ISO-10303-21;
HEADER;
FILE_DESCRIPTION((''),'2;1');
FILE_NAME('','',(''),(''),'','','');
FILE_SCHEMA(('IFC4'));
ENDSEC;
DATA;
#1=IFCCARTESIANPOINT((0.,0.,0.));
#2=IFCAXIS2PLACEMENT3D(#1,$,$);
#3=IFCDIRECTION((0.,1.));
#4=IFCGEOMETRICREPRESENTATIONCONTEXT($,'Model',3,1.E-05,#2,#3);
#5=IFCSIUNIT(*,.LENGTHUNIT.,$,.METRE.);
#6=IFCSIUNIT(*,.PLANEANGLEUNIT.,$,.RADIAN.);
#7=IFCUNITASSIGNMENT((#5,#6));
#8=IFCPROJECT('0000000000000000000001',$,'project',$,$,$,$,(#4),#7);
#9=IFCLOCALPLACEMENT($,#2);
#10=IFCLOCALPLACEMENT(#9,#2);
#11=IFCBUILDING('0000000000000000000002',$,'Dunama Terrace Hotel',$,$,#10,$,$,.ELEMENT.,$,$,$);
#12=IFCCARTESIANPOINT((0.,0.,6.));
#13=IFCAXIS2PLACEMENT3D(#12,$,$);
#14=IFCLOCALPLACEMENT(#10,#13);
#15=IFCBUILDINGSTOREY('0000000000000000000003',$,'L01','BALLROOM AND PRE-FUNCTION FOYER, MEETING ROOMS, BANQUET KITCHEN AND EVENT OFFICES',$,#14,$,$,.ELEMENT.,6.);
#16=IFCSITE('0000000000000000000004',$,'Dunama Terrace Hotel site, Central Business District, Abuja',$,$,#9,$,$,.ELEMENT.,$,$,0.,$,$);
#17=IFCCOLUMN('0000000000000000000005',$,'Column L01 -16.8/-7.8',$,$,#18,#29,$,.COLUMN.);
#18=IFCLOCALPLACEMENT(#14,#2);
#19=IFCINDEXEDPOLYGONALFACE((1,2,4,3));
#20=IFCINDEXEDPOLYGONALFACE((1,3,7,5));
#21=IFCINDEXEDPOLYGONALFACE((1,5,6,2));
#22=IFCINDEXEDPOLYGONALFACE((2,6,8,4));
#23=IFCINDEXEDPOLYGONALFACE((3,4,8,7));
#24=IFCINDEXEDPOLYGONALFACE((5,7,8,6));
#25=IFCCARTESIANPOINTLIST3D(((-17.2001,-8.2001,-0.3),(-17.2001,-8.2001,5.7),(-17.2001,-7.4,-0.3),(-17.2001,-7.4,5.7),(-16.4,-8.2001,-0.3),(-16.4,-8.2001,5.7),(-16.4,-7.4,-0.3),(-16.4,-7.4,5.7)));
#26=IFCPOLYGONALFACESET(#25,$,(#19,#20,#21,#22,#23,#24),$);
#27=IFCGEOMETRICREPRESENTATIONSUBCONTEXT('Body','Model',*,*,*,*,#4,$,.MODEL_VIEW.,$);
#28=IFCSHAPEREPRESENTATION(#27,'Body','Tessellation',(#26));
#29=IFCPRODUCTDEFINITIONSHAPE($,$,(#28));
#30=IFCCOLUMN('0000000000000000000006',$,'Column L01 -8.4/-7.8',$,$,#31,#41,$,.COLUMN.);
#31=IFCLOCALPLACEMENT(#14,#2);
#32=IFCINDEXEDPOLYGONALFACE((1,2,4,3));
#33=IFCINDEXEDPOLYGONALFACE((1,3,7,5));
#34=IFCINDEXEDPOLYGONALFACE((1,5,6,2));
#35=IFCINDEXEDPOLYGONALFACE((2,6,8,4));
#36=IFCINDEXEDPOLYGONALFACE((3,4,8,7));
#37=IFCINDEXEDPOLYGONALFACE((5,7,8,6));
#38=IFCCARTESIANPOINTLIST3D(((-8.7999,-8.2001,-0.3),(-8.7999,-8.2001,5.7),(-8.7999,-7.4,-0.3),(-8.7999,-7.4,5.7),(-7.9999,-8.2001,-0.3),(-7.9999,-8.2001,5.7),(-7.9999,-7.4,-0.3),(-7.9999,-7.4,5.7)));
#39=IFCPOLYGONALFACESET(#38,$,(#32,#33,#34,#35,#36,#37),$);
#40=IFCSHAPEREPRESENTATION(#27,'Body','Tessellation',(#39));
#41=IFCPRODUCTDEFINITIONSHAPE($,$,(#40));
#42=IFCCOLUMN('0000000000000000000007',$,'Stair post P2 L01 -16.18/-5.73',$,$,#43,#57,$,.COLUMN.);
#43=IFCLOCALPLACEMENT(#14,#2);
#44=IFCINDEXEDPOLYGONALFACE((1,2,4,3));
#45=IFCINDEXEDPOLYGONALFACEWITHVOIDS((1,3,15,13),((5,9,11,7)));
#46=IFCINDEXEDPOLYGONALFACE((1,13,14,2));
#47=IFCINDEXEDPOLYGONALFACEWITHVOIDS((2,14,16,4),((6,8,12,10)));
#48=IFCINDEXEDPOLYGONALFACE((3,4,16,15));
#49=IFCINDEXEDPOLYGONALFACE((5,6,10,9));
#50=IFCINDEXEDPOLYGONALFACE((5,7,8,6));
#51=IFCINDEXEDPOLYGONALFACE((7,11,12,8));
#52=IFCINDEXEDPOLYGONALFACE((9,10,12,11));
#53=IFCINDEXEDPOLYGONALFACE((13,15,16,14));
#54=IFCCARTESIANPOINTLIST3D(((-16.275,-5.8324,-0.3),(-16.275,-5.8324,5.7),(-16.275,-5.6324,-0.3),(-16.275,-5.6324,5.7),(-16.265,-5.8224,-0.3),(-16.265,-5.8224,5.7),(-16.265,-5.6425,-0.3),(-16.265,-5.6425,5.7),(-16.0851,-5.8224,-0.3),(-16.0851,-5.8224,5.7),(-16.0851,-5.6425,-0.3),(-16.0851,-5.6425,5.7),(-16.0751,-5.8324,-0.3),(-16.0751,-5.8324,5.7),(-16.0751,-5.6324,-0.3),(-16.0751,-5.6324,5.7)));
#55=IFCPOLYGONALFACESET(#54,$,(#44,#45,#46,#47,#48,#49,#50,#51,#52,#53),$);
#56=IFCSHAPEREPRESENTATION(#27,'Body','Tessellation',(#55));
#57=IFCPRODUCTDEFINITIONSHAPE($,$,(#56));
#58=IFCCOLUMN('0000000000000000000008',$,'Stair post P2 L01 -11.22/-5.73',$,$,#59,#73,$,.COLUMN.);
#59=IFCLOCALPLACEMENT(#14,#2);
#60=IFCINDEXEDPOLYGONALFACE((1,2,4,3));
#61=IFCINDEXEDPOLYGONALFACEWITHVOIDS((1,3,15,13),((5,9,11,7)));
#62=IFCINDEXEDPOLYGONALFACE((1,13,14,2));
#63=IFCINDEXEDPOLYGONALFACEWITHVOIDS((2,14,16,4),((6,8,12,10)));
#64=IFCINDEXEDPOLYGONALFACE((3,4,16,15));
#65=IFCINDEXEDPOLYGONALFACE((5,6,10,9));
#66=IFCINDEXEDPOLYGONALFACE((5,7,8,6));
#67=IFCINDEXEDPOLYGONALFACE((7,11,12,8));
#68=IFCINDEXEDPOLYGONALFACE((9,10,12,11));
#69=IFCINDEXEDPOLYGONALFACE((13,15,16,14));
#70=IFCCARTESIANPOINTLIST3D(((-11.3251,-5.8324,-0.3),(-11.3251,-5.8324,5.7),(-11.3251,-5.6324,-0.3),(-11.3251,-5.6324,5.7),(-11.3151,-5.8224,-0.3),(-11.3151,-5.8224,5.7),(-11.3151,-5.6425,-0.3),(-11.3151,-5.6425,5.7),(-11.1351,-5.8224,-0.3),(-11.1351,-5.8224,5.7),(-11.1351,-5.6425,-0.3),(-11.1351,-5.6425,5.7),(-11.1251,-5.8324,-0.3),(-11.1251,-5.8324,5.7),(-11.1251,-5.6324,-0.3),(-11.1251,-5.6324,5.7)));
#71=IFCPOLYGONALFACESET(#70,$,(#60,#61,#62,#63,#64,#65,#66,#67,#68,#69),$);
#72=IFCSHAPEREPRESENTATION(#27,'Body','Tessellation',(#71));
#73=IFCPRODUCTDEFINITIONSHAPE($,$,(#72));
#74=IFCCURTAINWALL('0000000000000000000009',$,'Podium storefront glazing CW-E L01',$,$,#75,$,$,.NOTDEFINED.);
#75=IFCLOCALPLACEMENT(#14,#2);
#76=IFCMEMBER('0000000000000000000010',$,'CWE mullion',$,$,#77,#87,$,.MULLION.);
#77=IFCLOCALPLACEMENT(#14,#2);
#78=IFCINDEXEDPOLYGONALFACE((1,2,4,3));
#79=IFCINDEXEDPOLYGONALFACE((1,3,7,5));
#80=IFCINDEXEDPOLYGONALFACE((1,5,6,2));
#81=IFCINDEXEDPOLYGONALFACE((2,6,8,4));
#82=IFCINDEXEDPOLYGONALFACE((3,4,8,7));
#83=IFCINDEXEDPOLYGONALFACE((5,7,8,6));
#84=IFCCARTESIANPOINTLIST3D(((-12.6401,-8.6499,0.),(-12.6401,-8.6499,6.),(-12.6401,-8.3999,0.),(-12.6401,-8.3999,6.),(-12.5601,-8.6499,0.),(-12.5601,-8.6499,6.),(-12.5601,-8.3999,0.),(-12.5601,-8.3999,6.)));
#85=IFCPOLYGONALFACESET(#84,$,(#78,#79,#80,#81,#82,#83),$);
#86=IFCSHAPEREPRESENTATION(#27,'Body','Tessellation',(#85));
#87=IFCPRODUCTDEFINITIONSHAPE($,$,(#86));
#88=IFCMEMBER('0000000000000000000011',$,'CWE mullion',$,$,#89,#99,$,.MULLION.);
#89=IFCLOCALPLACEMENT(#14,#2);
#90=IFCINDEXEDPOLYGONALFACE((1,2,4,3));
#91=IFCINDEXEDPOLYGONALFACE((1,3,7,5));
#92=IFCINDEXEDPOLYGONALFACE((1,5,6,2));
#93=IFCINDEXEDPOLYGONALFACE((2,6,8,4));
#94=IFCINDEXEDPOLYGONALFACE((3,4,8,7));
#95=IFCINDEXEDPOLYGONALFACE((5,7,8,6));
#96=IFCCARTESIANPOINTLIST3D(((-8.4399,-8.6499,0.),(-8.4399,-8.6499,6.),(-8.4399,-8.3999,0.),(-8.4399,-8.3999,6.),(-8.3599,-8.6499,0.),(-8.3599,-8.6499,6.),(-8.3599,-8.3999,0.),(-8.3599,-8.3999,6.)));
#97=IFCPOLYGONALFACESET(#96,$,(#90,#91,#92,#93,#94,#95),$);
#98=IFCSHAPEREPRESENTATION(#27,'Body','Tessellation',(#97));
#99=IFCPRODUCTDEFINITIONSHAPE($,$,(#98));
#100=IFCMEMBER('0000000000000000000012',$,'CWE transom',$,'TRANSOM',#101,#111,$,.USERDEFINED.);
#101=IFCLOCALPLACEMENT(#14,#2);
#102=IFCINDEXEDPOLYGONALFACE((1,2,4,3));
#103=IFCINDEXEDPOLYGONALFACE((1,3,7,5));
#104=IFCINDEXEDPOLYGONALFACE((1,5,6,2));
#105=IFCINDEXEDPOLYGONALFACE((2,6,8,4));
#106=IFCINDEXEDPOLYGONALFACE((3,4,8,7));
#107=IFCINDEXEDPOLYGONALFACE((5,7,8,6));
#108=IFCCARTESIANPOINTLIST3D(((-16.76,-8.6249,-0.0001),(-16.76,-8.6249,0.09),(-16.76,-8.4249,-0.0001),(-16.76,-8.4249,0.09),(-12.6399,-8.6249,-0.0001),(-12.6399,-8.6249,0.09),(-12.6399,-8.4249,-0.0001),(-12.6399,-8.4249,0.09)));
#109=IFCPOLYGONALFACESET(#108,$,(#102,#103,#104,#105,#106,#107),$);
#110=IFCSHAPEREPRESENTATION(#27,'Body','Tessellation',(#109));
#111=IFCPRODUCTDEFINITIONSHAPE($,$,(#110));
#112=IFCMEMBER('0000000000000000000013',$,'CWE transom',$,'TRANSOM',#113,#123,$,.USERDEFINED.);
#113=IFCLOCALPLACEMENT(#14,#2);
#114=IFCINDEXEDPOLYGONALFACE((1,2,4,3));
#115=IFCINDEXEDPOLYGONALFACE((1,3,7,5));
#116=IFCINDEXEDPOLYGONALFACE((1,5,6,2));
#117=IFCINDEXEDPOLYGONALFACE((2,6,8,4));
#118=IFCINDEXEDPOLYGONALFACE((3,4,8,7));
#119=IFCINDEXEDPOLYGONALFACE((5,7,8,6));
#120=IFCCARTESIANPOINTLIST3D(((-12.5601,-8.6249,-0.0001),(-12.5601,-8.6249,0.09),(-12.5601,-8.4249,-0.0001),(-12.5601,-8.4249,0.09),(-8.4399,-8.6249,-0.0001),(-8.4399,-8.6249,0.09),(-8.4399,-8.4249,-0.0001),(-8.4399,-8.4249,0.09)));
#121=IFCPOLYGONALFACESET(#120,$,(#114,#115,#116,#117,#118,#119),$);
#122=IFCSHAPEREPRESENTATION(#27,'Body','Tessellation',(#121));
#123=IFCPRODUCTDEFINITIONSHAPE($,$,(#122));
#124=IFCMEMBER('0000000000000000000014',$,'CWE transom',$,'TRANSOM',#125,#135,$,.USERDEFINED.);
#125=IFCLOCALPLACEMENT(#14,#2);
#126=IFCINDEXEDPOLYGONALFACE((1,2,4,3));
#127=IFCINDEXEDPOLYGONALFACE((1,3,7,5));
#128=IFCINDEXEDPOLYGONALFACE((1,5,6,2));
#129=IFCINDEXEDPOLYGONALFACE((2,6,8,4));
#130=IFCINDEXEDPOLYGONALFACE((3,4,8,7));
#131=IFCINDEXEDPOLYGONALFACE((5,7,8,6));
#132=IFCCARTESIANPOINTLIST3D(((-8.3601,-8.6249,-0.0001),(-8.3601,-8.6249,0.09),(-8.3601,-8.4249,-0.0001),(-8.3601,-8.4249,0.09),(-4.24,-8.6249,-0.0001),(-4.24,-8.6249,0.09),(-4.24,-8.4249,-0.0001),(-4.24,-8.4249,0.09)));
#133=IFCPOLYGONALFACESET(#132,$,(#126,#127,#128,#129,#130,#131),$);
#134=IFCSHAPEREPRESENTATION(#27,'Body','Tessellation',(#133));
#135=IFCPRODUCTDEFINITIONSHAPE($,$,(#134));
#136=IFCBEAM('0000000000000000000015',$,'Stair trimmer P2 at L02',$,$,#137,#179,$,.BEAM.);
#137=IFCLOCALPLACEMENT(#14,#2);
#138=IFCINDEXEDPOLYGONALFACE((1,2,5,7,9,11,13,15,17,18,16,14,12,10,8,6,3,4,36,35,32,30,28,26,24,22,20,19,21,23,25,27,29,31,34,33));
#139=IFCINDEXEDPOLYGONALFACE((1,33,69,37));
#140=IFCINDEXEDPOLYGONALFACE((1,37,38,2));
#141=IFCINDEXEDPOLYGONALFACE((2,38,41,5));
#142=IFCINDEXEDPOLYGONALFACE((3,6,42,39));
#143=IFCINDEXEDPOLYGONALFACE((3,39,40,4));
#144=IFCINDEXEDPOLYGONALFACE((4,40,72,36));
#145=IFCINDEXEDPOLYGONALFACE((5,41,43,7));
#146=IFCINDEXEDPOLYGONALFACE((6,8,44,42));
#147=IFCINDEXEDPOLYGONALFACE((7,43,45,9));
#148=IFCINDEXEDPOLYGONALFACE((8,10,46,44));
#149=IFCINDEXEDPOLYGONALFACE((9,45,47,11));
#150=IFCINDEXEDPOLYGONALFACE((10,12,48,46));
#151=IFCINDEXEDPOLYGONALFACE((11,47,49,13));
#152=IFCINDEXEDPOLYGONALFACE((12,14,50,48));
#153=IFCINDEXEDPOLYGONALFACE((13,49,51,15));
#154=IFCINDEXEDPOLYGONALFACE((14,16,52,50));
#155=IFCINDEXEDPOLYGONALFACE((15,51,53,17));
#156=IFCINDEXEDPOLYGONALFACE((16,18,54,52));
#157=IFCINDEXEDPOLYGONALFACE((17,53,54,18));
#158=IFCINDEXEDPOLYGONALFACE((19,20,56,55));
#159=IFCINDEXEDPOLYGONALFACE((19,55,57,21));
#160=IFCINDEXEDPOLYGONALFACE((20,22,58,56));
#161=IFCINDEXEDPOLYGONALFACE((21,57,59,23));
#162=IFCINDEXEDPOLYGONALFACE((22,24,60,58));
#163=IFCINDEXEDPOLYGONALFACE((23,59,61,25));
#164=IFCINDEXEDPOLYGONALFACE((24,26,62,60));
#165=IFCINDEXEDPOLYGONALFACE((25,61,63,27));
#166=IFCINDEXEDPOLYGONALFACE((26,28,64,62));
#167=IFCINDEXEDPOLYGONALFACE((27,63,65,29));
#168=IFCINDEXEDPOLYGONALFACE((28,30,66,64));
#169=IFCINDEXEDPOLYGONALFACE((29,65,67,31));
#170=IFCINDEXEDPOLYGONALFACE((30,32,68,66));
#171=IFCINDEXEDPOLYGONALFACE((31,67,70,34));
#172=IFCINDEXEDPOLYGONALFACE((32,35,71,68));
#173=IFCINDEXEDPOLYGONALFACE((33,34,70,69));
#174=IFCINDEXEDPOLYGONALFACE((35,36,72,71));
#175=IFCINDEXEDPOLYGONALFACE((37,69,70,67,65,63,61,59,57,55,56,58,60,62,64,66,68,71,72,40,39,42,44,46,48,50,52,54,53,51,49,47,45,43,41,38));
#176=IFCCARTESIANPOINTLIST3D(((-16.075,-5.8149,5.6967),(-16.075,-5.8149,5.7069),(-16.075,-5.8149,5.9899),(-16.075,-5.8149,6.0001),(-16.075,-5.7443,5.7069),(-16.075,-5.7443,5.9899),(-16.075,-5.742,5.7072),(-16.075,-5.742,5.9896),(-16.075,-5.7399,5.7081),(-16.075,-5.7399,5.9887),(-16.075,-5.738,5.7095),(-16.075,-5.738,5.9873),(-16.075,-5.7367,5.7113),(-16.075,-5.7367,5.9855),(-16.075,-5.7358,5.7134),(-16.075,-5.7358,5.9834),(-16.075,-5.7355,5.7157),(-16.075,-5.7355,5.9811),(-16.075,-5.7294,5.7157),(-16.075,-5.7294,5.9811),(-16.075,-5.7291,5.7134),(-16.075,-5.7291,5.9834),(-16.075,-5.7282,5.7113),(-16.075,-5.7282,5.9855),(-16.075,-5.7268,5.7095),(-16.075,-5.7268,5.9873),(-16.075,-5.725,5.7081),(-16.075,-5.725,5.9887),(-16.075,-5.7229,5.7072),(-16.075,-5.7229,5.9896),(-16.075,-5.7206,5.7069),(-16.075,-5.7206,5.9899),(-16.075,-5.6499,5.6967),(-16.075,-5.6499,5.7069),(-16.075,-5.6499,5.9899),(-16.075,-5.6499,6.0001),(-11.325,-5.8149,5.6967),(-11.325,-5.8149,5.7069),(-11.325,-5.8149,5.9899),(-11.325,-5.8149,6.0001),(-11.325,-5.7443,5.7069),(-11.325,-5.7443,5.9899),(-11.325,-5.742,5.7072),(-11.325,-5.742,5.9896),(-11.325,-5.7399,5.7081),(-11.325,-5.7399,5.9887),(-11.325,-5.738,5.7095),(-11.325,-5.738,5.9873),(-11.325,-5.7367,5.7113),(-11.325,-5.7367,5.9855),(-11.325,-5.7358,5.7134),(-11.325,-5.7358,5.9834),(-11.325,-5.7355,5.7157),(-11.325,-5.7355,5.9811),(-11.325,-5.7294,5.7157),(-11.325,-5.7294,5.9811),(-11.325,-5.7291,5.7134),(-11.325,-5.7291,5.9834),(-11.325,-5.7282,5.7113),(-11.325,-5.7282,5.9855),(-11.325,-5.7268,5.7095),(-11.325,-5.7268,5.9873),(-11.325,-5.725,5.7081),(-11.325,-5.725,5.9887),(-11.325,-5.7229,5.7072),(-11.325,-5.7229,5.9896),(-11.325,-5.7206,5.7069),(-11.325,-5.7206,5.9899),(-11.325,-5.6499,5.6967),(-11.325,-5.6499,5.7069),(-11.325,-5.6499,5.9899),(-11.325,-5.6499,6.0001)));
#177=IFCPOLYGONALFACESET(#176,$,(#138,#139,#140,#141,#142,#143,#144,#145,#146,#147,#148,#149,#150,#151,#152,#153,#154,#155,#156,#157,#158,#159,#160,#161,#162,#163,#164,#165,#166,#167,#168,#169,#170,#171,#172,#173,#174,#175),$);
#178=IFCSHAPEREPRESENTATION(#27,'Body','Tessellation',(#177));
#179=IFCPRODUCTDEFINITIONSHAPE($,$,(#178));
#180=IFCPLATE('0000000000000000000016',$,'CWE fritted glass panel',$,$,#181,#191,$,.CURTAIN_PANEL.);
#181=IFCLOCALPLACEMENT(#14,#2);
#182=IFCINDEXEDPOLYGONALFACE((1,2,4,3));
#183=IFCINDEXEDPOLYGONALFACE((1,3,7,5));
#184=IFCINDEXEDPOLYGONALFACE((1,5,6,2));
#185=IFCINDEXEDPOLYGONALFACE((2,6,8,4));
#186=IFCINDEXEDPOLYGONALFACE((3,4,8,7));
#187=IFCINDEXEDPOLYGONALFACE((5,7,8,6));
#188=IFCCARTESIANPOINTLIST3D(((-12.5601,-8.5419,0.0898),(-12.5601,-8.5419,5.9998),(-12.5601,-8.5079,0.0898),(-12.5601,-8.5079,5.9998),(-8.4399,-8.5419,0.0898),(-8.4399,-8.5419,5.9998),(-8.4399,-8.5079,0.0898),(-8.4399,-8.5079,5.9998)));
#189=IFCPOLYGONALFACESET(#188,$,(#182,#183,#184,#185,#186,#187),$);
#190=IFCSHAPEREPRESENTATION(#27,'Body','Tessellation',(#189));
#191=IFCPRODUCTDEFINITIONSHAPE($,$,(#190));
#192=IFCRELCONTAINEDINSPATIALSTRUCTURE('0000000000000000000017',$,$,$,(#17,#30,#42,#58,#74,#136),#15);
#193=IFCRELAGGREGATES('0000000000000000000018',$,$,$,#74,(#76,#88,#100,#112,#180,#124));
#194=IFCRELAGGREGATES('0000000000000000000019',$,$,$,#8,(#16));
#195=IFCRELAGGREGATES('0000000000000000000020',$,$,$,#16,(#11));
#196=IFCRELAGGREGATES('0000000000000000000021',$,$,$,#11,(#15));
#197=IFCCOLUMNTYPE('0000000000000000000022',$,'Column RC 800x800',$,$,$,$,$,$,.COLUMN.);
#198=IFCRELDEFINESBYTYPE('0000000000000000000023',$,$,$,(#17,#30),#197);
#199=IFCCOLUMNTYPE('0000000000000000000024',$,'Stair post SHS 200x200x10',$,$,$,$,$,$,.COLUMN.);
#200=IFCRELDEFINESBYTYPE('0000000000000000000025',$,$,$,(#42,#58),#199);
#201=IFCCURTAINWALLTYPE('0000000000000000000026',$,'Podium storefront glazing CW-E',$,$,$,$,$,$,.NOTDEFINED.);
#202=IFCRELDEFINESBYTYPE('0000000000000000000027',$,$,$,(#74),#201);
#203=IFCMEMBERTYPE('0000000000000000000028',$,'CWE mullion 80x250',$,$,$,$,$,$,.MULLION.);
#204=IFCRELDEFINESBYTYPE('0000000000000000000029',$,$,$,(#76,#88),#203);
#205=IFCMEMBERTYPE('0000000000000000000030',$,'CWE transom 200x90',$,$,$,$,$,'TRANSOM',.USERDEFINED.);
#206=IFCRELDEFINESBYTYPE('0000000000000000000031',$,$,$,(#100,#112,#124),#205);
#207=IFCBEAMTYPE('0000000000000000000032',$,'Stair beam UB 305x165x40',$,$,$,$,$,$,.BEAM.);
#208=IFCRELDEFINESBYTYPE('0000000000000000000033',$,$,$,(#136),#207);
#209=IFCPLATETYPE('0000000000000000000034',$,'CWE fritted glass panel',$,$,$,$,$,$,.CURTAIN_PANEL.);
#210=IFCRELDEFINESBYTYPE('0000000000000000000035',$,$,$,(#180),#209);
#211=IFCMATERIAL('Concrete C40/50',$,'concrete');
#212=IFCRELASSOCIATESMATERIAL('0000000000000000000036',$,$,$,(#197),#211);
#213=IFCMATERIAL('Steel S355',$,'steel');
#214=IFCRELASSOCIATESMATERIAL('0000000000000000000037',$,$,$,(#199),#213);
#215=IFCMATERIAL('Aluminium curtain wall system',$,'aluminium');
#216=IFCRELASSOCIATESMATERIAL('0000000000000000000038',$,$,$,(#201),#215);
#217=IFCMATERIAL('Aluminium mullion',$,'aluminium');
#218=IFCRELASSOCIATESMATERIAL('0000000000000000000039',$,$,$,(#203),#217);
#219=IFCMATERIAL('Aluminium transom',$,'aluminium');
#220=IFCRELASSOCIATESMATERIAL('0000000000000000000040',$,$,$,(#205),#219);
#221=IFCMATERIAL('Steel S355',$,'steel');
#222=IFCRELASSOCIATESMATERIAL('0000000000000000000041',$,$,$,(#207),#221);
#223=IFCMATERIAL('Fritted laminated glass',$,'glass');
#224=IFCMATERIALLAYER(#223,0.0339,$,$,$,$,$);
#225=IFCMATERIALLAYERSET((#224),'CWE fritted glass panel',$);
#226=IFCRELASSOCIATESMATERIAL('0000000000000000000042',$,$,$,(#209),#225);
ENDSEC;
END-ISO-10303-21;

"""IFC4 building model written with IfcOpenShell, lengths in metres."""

from ifc_helpers import new_model, si_unit, direction, frame, origin, origin_2d, place, context, subcontext, project, spatial, rectangle, hollow_rectangle, i_section, extrude, material, layer, layer_set, material_profile, profile_set, type_object, element, aggregate, save


model = new_model("IFC4")

# Units and contexts
model_context = context("Model", 3, precision=1e-05, world=origin(), true_north=direction((0.0, 1.0)))
body_context = subcontext(model_context, "Body", "Model", "MODEL_VIEW")
ifc_project = project(units=[si_unit("LENGTHUNIT", "METRE"), si_unit("PLANEANGLEUNIT", "RADIAN")], contexts=[model_context])

# Site, building, storey
site_placement = place(None, origin())
site = spatial("IfcSite", under=ifc_project, at=site_placement, Name="Dunama Terrace Hotel site, Central Business District, Abuja", CompositionType="ELEMENT", RefElevation=0.0)
building_placement = place(site_placement, origin())
building = spatial("IfcBuilding", under=site, at=building_placement, Name="Dunama Terrace Hotel", CompositionType="ELEMENT")
storey_placement = place(building_placement, frame((0.0, 0.0, 6.0)))
storey = spatial("IfcBuildingStorey", under=building, at=storey_placement, Name="L01", Description="BALLROOM AND PRE-FUNCTION FOYER, MEETING ROOMS, BANQUET KITCHEN AND EVENT OFFICES", CompositionType="ELEMENT", Elevation=6.0)

# Columns
ifc_material_1 = material(Name="Concrete C40/50", Category="concrete")
ifc_material_profile_1 = material_profile(ifc_material_1, rectangle(XDim=0.8, YDim=0.8, at=origin_2d()), Name="RC 800x800")
ifc_profile_set_1 = profile_set([ifc_material_profile_1], Name="Concrete C40/50")
column_type_1 = type_object("IfcColumnType", Name="Column RC 800x800", PredefinedType="COLUMN", material=ifc_profile_set_1)
for number, where, z_axis, x_axis, name in (
    (1, (-16.8, -7.8, -0.3), (0.0, 0.0, 1.0), (1.0, 0.0, 0.0), "Column L01 -16.8/-7.8"),
    (2, (-8.3999, -7.8, -0.3), (0.0, 0.0, 1.0), (1.0, 0.0, 0.0), "Column L01 -8.4/-7.8"),
):
    element("IfcColumn", number, at=place(storey_placement, frame(where, z_axis=z_axis, x_axis=x_axis)), inside=storey, type_object=column_type_1, Name=name, PredefinedType="COLUMN", context=body_context, shape_type="SweptSolid", body=[
        extrude(rectangle(XDim=0.8, YDim=0.8, at=origin_2d()), origin(), (0.0, 0.0, 1.0), 6.0),
    ])
ifc_material_2 = material(Name="Steel S355", Category="steel")
ifc_material_profile_2 = material_profile(ifc_material_2, hollow_rectangle(XDim=0.2, YDim=0.2, WallThickness=0.01, at=origin_2d()), Name="SHS 200x200x10")
ifc_profile_set_2 = profile_set([ifc_material_profile_2], Name="Steel S355")
column_type_2 = type_object("IfcColumnType", Name="Stair post SHS 200x200x10", PredefinedType="COLUMN", material=ifc_profile_set_2)
for number, where, z_axis, x_axis, name in (
    (3, (-16.175, -5.7324, -0.3), (0.0, 0.0, 1.0), (1.0, 0.0, 0.0), "Stair post P2 L01 -16.18/-5.73"),
    (4, (-11.2251, -5.7324, -0.3), (0.0, 0.0, 1.0), (1.0, 0.0, 0.0), "Stair post P2 L01 -11.22/-5.73"),
):
    element("IfcColumn", number, at=place(storey_placement, frame(where, z_axis=z_axis, x_axis=x_axis)), inside=storey, type_object=column_type_2, Name=name, PredefinedType="COLUMN", context=body_context, shape_type="SweptSolid", body=[
        extrude(hollow_rectangle(XDim=0.2, YDim=0.2, WallThickness=0.01, at=origin_2d()), origin(), (0.0, 0.0, 1.0), 6.0),
    ])

# Curtain wall, members
ifc_material_3 = material(Name="Aluminium curtain wall system", Category="aluminium")
curtain_wall_type = type_object("IfcCurtainWallType", Name="Podium storefront glazing CW-E", PredefinedType="NOTDEFINED", material=ifc_material_3)
curtain_wall_placement = place(storey_placement, origin())
curtain_wall = element("IfcCurtainWall", 5, at=curtain_wall_placement, inside=storey, type_object=curtain_wall_type, Name="Podium storefront glazing CW-E L01", PredefinedType="NOTDEFINED")
ifc_material_4 = material(Name="Aluminium mullion", Category="aluminium")
ifc_material_profile_3 = material_profile(ifc_material_4, rectangle(XDim=0.0801, YDim=0.25, at=origin_2d()), Name="CWE MULLION 80X250")
ifc_profile_set_3 = profile_set([ifc_material_profile_3], Name="Aluminium mullion")
member_type_1 = type_object("IfcMemberType", Name="CWE mullion 80x250", PredefinedType="MULLION", material=ifc_profile_set_3)
member_1_placement = place(storey_placement, frame((-12.6001, -8.5249, 0.0), z_axis=(0.0, 0.0, 1.0), x_axis=(1.0, 0.0, 0.0)))
member_1 = element("IfcMember", 6, at=member_1_placement, type_object=member_type_1, Name="CWE mullion", PredefinedType="MULLION", context=body_context, shape_type="SweptSolid", body=[
    extrude(rectangle(XDim=0.0801, YDim=0.25, at=origin_2d()), origin(), (0.0, 0.0, 1.0), 6.0),
])
member_2_placement = place(storey_placement, frame((-8.3999, -8.5249, 0.0), z_axis=(0.0, 0.0, 1.0), x_axis=(1.0, 0.0, 0.0)))
member_2 = element("IfcMember", 7, at=member_2_placement, type_object=member_type_1, Name="CWE mullion", PredefinedType="MULLION", context=body_context, shape_type="SweptSolid", body=[
    extrude(rectangle(XDim=0.0801, YDim=0.25, at=origin_2d()), origin(), (0.0, 0.0, 1.0), 6.0),
])
ifc_material_5 = material(Name="Aluminium transom", Category="aluminium")
ifc_material_profile_4 = material_profile(ifc_material_5, rectangle(XDim=0.2, YDim=0.0901, at=origin_2d()), Name="CWE TRANSOM 200X90")
ifc_profile_set_4 = profile_set([ifc_material_profile_4], Name="Aluminium transom")
member_type_2 = type_object("IfcMemberType", Name="CWE transom 200x90", ElementType="TRANSOM", PredefinedType="USERDEFINED", material=ifc_profile_set_4)
member_3_placement = place(storey_placement, frame((-16.76, -8.5249, 0.0449), z_axis=(1.0, 0.0, 0.0), x_axis=(0.0, 1.0, 0.0)))
member_3 = element("IfcMember", 8, at=member_3_placement, type_object=member_type_2, Name="CWE transom", ObjectType="TRANSOM", PredefinedType="USERDEFINED", context=body_context, shape_type="SweptSolid", body=[
    extrude(rectangle(XDim=0.2, YDim=0.0901, at=origin_2d()), origin(), (0.0, 0.0, 1.0), 4.1201),
])
member_4_placement = place(storey_placement, frame((-12.5601, -8.5249, 0.0449), z_axis=(1.0, 0.0, 0.0), x_axis=(0.0, 1.0, 0.0)))
member_4 = element("IfcMember", 9, at=member_4_placement, type_object=member_type_2, Name="CWE transom", ObjectType="TRANSOM", PredefinedType="USERDEFINED", context=body_context, shape_type="SweptSolid", body=[
    extrude(rectangle(XDim=0.2, YDim=0.0901, at=origin_2d()), origin(), (0.0, 0.0, 1.0), 4.1201),
])
member_5_placement = place(storey_placement, frame((-8.3601, -8.5249, 0.0449), z_axis=(1.0, 0.0, 0.0), x_axis=(0.0, 1.0, 0.0)))
member_5 = element("IfcMember", 10, at=member_5_placement, type_object=member_type_2, Name="CWE transom", ObjectType="TRANSOM", PredefinedType="USERDEFINED", context=body_context, shape_type="SweptSolid", body=[
    extrude(rectangle(XDim=0.2, YDim=0.0901, at=origin_2d()), origin(), (0.0, 0.0, 1.0), 4.1201),
])

# Beam
ifc_material_6 = material(Name="Steel S355", Category="steel")
ifc_material_profile_5 = material_profile(ifc_material_6, i_section(OverallWidth=0.165, OverallDepth=0.3035, WebThickness=0.0061, FlangeThickness=0.0103, FilletRadius=0.0088, at=origin_2d()), Name="UB 305x165x40")
ifc_profile_set_5 = profile_set([ifc_material_profile_5], Name="Steel S355")
beam_type = type_object("IfcBeamType", Name="Stair beam UB 305x165x40", PredefinedType="BEAM", material=ifc_profile_set_5)
beam_placement = place(storey_placement, frame((-16.075, -5.7324, 5.8484), z_axis=(1.0, 0.0, 0.0), x_axis=(0.0, 1.0, 0.0)))
element("IfcBeam", 11, at=beam_placement, inside=storey, type_object=beam_type, Name="Stair trimmer P2 at L02", PredefinedType="BEAM", context=body_context, shape_type="SweptSolid", body=[
    extrude(i_section(OverallWidth=0.165, OverallDepth=0.3035, WebThickness=0.0061, FlangeThickness=0.0103, FilletRadius=0.0088, at=origin_2d()), origin(), (0.0, 0.0, 1.0), 4.75),
])

# Plate
ifc_material_7 = material(Name="Fritted laminated glass", Category="glass")
ifc_layer_1 = layer(ifc_material_7, 0.0339)
ifc_layer_set_1 = layer_set([ifc_layer_1], Name="CWE fritted glass panel")
plate_type_1 = type_object("IfcPlateType", Name="CWE fritted glass panel", PredefinedType="CURTAIN_PANEL", material=ifc_layer_set_1)
plate_1_placement = place(storey_placement, frame((-10.5, -8.5249, 0.0898), z_axis=(0.0, 0.0, 1.0), x_axis=(1.0, 0.0, 0.0)))
plate_1 = element("IfcPlate", 12, at=plate_1_placement, type_object=plate_type_1, Name="CWE fritted glass panel", PredefinedType="CURTAIN_PANEL", context=body_context, shape_type="SweptSolid", body=[
    extrude(rectangle(XDim=4.1201, YDim=0.0339, at=origin_2d()), origin(), (0.0, 0.0, 1.0), 5.9099),
])
aggregate(curtain_wall, [member_1, member_2, member_3, member_4, plate_1, member_5])

save(model, "model.ifc")
